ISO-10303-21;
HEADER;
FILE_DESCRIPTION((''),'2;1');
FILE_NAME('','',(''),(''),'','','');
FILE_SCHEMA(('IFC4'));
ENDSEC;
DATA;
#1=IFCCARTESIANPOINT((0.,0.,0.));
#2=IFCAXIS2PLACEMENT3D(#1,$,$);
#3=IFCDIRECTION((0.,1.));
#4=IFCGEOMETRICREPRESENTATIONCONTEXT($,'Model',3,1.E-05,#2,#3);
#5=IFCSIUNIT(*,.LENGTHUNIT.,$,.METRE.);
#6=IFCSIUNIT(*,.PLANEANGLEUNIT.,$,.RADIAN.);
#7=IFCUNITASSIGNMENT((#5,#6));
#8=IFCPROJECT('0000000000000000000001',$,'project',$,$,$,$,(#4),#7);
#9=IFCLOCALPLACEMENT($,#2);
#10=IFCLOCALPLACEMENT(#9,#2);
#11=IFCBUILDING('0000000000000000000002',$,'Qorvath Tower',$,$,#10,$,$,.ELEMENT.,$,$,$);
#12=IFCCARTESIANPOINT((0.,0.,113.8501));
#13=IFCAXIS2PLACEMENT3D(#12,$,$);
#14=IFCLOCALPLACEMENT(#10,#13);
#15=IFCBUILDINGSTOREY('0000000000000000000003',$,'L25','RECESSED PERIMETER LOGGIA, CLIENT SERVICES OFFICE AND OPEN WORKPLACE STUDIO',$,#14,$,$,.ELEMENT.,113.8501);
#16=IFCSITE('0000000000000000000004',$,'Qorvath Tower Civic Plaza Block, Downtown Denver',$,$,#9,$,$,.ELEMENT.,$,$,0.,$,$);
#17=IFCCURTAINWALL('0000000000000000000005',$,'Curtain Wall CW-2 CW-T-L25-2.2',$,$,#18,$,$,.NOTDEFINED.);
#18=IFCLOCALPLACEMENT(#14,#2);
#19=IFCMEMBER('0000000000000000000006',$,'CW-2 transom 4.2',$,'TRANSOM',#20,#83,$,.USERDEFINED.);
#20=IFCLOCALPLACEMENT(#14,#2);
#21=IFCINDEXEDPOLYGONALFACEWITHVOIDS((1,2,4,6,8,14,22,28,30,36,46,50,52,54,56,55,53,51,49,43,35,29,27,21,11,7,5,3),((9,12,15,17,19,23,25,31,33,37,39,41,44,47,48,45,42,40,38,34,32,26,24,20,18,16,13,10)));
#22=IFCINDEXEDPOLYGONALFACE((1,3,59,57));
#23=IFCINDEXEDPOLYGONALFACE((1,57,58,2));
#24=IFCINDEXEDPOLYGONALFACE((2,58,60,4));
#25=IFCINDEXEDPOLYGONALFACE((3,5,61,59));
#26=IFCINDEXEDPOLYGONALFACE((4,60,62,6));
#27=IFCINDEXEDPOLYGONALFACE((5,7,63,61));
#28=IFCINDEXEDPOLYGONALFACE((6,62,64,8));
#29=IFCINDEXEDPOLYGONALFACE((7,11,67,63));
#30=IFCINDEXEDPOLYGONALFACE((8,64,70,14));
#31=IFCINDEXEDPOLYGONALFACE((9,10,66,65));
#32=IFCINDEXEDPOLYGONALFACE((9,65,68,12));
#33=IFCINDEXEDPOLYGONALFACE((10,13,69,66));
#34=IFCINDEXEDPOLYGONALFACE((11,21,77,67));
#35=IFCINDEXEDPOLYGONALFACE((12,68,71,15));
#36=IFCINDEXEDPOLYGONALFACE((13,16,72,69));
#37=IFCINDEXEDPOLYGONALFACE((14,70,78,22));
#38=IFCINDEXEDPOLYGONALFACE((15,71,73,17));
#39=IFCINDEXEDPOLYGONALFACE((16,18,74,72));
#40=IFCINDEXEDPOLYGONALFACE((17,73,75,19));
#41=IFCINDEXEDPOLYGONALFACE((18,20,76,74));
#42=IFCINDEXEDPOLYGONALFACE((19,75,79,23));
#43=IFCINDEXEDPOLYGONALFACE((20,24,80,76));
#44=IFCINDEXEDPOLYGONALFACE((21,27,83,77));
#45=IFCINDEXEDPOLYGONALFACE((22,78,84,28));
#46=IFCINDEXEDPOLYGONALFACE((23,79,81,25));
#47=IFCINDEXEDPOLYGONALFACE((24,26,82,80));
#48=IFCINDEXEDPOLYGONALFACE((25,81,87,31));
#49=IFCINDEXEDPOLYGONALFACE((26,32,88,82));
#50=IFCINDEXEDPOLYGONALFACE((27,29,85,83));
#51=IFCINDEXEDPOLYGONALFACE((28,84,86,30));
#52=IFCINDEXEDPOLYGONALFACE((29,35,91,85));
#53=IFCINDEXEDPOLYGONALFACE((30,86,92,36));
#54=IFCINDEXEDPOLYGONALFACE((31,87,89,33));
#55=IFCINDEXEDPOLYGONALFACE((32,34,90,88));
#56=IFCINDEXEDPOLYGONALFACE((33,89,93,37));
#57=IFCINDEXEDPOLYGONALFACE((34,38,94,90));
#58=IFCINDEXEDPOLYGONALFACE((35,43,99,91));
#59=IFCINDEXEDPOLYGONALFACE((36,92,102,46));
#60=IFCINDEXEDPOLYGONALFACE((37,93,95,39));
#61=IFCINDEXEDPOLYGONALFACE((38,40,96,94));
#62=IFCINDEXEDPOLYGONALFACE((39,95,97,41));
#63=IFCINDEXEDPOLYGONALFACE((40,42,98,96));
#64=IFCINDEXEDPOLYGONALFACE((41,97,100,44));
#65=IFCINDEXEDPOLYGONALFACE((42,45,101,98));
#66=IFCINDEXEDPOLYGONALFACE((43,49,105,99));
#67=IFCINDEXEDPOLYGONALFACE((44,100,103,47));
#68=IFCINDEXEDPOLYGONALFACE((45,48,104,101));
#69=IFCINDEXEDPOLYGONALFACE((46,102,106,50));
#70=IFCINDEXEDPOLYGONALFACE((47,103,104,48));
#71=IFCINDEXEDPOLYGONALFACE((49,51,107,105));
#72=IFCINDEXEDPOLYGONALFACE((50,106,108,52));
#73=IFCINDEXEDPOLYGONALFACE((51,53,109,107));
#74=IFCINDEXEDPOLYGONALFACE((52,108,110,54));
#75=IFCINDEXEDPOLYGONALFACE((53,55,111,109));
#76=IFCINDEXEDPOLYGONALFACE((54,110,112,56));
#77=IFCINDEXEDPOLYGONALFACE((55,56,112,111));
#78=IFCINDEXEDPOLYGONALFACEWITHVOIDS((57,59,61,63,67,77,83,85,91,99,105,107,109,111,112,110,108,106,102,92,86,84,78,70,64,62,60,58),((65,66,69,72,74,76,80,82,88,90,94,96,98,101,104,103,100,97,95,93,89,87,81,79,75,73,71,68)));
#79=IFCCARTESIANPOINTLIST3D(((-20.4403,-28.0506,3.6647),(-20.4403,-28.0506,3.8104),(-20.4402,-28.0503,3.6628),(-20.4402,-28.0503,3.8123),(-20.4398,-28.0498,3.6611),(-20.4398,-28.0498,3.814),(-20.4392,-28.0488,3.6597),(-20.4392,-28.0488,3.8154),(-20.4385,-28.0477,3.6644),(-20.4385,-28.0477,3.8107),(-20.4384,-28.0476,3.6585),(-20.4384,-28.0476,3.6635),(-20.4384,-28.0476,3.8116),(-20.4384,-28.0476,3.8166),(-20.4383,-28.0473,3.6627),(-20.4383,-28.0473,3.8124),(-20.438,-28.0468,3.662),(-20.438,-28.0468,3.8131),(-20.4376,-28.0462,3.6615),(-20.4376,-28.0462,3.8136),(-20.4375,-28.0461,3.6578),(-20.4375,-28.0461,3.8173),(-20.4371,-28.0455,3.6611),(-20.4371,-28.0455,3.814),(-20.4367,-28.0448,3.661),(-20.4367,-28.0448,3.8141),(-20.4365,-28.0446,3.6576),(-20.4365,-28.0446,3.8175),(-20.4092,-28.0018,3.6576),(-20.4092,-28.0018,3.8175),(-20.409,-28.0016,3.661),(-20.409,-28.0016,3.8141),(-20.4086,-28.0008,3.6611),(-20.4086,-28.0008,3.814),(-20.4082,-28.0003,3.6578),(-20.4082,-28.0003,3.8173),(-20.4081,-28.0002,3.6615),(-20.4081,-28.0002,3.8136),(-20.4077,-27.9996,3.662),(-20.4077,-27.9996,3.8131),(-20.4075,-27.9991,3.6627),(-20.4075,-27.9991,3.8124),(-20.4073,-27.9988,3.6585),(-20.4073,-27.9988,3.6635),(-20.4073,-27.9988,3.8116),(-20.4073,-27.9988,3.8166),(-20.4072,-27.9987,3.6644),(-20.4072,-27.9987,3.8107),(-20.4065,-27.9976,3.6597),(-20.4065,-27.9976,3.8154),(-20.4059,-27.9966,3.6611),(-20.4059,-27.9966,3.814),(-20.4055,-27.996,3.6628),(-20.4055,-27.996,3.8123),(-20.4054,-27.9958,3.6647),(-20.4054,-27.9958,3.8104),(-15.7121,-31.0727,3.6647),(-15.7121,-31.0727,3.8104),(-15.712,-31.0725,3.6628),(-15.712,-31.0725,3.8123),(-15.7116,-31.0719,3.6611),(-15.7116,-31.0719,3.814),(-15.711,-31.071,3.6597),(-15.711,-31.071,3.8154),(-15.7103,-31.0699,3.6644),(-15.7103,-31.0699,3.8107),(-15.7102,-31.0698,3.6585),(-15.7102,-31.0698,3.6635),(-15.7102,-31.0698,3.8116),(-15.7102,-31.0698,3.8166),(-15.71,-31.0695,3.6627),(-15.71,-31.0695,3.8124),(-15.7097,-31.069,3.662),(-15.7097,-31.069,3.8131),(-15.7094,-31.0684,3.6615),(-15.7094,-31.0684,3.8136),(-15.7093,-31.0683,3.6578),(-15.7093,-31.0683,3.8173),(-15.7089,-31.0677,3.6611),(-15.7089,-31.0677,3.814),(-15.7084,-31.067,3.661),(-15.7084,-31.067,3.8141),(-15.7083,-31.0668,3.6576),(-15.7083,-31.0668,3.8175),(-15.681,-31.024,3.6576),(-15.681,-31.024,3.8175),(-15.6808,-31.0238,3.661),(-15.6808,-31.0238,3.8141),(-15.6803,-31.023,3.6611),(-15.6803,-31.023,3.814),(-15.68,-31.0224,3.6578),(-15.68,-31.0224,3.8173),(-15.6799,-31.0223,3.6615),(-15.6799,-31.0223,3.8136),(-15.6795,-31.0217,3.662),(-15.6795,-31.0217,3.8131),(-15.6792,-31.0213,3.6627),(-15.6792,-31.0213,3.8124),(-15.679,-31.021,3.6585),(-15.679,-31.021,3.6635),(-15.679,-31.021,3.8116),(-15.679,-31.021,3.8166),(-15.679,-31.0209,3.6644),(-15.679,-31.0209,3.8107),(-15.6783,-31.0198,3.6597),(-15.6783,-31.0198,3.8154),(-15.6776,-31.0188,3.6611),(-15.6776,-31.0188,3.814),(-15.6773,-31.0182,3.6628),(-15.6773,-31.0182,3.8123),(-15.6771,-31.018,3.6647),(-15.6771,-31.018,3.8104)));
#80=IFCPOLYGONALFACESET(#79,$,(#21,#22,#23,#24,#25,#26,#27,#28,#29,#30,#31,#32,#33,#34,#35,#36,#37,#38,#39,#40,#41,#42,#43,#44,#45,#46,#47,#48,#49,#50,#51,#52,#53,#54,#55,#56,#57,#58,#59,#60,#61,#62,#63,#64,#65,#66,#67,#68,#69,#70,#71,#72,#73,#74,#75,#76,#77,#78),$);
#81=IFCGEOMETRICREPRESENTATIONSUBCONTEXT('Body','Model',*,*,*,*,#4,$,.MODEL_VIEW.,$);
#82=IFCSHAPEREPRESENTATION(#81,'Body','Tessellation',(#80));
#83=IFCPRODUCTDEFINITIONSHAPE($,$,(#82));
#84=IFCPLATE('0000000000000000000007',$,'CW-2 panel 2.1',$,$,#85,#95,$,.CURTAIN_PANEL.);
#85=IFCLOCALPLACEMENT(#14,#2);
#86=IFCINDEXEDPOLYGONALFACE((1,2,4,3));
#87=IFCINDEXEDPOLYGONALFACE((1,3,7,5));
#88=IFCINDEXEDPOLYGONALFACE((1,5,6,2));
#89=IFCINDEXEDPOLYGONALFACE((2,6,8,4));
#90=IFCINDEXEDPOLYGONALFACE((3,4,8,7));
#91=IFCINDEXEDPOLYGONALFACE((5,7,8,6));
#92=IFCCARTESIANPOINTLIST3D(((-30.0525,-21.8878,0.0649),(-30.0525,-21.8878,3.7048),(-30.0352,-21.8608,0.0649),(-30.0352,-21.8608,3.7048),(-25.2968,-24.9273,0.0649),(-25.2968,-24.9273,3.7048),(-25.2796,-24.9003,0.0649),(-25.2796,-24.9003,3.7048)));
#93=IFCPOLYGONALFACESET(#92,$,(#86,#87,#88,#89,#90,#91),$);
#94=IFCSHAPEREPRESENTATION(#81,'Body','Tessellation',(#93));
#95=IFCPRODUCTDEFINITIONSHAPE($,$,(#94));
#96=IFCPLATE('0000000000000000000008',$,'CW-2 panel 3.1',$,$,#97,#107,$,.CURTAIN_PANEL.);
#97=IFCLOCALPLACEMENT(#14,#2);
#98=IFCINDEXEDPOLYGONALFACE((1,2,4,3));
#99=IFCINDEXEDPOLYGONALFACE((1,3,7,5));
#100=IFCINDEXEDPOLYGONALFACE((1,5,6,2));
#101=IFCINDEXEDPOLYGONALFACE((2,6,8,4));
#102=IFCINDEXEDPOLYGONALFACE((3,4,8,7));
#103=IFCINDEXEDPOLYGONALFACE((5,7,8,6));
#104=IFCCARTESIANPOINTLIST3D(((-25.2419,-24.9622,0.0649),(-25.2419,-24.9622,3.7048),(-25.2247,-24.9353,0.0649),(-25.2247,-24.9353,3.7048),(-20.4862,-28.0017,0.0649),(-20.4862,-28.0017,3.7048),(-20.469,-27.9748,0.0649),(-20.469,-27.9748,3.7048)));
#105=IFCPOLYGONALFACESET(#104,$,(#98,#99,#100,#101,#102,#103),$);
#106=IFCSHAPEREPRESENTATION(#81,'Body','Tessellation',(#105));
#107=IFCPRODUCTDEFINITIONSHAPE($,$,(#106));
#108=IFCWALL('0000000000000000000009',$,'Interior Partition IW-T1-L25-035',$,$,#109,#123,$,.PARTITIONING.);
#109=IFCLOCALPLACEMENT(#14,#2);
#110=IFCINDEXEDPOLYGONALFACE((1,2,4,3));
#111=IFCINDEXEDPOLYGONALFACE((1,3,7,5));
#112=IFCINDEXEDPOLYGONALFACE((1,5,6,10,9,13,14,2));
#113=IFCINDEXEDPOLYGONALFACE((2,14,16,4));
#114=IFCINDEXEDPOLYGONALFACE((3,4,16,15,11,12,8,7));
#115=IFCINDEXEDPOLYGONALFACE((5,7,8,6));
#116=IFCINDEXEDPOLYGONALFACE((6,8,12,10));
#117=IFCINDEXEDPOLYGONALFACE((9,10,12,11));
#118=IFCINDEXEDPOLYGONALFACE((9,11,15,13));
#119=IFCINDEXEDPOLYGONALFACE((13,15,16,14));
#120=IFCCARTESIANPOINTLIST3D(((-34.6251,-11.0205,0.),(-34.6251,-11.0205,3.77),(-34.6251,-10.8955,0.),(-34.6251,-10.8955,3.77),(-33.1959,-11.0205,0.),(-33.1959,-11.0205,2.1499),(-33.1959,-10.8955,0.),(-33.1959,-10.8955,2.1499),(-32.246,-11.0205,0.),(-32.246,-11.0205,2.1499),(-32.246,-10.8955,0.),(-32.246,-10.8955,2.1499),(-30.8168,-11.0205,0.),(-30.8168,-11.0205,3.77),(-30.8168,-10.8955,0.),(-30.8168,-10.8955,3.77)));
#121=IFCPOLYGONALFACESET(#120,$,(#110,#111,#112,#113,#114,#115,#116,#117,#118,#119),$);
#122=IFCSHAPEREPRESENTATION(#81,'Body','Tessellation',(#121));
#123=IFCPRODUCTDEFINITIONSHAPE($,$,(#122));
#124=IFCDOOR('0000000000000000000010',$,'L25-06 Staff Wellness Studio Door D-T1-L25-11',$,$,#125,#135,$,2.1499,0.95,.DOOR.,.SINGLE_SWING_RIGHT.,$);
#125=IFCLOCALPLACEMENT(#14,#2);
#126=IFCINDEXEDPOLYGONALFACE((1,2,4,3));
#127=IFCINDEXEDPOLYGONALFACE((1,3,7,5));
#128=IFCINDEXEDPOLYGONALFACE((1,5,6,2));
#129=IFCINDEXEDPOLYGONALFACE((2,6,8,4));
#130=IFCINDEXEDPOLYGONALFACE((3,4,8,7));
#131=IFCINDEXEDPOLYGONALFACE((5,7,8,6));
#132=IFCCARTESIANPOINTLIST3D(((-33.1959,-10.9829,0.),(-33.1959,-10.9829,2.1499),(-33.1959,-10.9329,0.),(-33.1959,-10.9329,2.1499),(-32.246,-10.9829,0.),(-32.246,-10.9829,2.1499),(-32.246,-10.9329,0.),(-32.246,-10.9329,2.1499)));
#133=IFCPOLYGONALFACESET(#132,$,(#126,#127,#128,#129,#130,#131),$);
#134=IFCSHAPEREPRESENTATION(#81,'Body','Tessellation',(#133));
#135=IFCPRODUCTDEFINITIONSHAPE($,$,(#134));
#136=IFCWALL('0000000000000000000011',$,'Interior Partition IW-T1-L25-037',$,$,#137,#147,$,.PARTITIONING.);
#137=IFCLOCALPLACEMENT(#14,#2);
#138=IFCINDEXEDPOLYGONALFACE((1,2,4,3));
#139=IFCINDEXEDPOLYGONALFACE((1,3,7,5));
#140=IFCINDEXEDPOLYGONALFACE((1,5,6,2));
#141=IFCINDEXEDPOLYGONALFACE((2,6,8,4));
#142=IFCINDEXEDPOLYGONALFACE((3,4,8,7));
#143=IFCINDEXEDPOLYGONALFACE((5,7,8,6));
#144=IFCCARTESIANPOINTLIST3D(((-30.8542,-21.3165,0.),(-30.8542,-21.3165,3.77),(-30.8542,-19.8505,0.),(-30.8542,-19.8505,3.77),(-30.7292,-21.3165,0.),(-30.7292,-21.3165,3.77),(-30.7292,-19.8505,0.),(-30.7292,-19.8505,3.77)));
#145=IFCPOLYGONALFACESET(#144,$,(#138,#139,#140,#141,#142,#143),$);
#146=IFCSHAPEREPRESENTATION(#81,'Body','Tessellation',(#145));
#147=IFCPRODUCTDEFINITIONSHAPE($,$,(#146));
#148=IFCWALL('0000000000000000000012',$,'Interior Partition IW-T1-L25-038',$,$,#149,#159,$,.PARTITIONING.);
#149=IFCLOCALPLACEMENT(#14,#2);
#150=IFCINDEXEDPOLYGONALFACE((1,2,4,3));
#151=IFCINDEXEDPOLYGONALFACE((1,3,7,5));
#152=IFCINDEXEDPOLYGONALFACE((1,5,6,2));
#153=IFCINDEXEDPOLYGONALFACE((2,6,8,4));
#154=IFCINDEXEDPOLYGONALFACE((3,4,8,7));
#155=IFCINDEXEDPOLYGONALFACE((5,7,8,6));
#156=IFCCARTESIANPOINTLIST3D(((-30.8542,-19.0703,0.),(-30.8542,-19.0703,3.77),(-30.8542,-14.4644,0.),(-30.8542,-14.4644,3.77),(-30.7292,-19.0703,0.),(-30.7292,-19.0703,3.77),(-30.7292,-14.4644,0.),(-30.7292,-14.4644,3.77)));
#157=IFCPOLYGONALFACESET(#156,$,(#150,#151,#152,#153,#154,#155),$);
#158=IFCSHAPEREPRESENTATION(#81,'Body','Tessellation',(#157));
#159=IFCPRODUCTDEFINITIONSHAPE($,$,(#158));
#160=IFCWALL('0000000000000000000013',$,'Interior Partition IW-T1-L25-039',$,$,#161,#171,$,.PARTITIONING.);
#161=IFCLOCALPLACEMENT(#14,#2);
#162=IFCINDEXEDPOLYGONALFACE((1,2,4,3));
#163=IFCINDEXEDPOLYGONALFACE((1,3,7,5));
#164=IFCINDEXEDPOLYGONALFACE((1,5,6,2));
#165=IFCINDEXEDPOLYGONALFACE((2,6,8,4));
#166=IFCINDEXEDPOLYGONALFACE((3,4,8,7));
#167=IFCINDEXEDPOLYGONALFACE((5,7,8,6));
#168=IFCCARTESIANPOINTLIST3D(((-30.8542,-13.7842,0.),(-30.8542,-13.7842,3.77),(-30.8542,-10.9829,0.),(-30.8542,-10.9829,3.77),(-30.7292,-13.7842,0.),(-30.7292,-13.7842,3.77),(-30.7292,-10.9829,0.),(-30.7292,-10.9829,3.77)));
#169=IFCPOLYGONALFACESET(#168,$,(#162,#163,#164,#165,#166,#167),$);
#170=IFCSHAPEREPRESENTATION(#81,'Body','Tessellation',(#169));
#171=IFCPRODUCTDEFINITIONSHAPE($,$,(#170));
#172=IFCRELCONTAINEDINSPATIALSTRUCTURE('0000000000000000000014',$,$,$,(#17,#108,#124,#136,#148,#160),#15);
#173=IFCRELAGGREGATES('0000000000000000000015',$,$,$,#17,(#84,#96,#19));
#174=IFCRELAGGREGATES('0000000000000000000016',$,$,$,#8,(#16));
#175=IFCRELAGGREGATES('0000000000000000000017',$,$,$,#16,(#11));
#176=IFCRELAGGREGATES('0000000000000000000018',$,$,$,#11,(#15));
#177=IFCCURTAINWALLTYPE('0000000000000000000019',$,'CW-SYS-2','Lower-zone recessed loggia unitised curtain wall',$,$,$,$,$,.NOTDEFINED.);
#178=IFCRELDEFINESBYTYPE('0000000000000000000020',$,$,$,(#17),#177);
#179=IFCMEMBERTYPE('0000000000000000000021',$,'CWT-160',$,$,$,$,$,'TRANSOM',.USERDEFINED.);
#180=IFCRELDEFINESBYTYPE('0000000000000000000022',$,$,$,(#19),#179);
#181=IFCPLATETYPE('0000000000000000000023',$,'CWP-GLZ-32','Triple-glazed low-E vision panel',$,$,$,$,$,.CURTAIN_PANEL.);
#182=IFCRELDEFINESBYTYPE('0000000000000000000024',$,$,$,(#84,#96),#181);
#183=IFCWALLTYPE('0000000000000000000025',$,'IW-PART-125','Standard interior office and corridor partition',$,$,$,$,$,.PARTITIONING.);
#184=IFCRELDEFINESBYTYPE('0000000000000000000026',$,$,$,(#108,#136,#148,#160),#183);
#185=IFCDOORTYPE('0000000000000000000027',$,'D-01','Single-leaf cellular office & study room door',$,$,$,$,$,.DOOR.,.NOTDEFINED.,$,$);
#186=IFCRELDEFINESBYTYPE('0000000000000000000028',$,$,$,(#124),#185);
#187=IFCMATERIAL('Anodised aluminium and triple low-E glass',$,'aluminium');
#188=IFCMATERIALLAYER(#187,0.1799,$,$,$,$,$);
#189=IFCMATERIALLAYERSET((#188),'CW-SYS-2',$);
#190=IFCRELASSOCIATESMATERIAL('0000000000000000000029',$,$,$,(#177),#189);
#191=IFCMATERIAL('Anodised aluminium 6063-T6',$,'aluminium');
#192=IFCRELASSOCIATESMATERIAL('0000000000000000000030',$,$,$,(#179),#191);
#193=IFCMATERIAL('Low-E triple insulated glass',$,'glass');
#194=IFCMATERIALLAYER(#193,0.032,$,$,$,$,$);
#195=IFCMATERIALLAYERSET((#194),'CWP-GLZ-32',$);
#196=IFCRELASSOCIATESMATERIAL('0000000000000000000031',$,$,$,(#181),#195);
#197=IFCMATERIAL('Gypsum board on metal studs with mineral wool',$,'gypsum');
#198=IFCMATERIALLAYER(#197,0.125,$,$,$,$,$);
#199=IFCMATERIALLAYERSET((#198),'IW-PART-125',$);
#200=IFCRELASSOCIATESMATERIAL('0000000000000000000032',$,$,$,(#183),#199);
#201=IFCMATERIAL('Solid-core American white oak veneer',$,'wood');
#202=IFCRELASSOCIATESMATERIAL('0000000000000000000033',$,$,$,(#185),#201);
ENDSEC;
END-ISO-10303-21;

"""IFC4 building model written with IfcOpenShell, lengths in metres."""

from ifc_helpers import new_model, si_unit, direction, frame, frame_2d, origin, origin_2d, place, context, subcontext, project, spatial, rectangle, hollow_rectangle, extrude, material, layer, layer_set, material_profile, profile_set, type_object, element, fill, aggregate, save


model = new_model("IFC4")

# Units and contexts
model_context = context("Model", 3, precision=1e-05, world=origin(), true_north=direction((0.0, 1.0)))
body_context = subcontext(model_context, "Body", "Model", "MODEL_VIEW")
ifc_project = project(units=[si_unit("LENGTHUNIT", "METRE"), si_unit("PLANEANGLEUNIT", "RADIAN")], contexts=[model_context])

# Site, building, storey
site_placement = place(None, origin())
site = spatial("IfcSite", under=ifc_project, at=site_placement, Name="Qorvath Tower Civic Plaza Block, Downtown Denver", CompositionType="ELEMENT", RefElevation=0.0)
building_placement = place(site_placement, origin())
building = spatial("IfcBuilding", under=site, at=building_placement, Name="Qorvath Tower", CompositionType="ELEMENT")
storey_placement = place(building_placement, frame((0.0, 0.0, 113.8501)))
storey = spatial("IfcBuildingStorey", under=building, at=storey_placement, Name="L25", Description="RECESSED PERIMETER LOGGIA, CLIENT SERVICES OFFICE AND OPEN WORKPLACE STUDIO", CompositionType="ELEMENT", Elevation=113.8501)

# Curtain wall, member, plates
ifc_material_1 = material(Name="Anodised aluminium and triple low-E glass", Category="aluminium")
ifc_layer_1 = layer(ifc_material_1, 0.1799)
ifc_layer_set_1 = layer_set([ifc_layer_1], Name="CW-SYS-2")
curtain_wall_type = type_object("IfcCurtainWallType", Name="CW-SYS-2", Description="Lower-zone recessed loggia unitised curtain wall", PredefinedType="NOTDEFINED", material=ifc_layer_set_1)
curtain_wall_placement = place(storey_placement, origin())
curtain_wall = element("IfcCurtainWall", 1, at=curtain_wall_placement, inside=storey, type_object=curtain_wall_type, Name="Curtain Wall CW-2 CW-T-L25-2.2", PredefinedType="NOTDEFINED")
ifc_material_2 = material(Name="Anodised aluminium 6063-T6", Category="aluminium")
ifc_material_profile_1 = material_profile(ifc_material_2, hollow_rectangle(XDim=0.0649, YDim=0.1599, WallThickness=0.0034, InnerFilletRadius=0.0034, OuterFilletRadius=0.0071, at=origin_2d()), Name="CWT 160x65")
ifc_profile_set_1 = profile_set([ifc_material_profile_1], Name="Anodised aluminium 6063-T6")
member_type_1 = type_object("IfcMemberType", Name="CWT-160", ElementType="TRANSOM", PredefinedType="USERDEFINED", material=ifc_profile_set_1)
member_1_placement = place(storey_placement, frame((-20.4229, -28.0232, 3.7375), z_axis=(0.842585, -0.538563, 0.0), x_axis=(0.538563, 0.842585, 0.0)))
member_1 = element("IfcMember", 2, at=member_1_placement, type_object=member_type_1, Name="CW-2 transom 4.2", ObjectType="TRANSOM", PredefinedType="USERDEFINED", context=body_context, shape_type="SweptSolid", body=[
    extrude(hollow_rectangle(XDim=0.0649, YDim=0.1599, WallThickness=0.0034, InnerFilletRadius=0.0034, OuterFilletRadius=0.0071, at=origin_2d()), origin(), (0.0, 0.0, 1.0), 5.6116),
])
ifc_material_3 = material(Name="Low-E triple insulated glass", Category="glass")
ifc_layer_2 = layer(ifc_material_3, 0.032)
ifc_layer_set_2 = layer_set([ifc_layer_2], Name="CWP-GLZ-32")
plate_type = type_object("IfcPlateType", Name="CWP-GLZ-32", Description="Triple-glazed low-E vision panel", PredefinedType="CURTAIN_PANEL", material=ifc_layer_set_2)
plate_1_placement = place(storey_placement, frame((-27.666, -23.394, 0.0649), z_axis=(0.0, 0.0, 1.0), x_axis=(0.842601, -0.538538, 0.0)))
plate_1 = element("IfcPlate", 3, at=plate_1_placement, type_object=plate_type, Name="CW-2 panel 2.1", PredefinedType="CURTAIN_PANEL", context=body_context, shape_type="SweptSolid", body=[
    extrude(rectangle(XDim=5.644, YDim=0.032, at=origin_2d()), origin(), (0.0, 0.0, 1.0), 3.6399),
])
plate_2_placement = place(storey_placement, frame((-22.8555, -26.4685, 0.0649), z_axis=(0.0, 0.0, 1.0), x_axis=(0.842601, -0.538538, 0.0)))
plate_2 = element("IfcPlate", 4, at=plate_2_placement, type_object=plate_type, Name="CW-2 panel 3.1", PredefinedType="CURTAIN_PANEL", context=body_context, shape_type="SweptSolid", body=[
    extrude(rectangle(XDim=5.644, YDim=0.032, at=origin_2d()), origin(), (0.0, 0.0, 1.0), 3.6399),
])
aggregate(curtain_wall, [plate_1, plate_2, member_1])

# Wall, opening, door
ifc_material_4 = material(Name="Gypsum board on metal studs with mineral wool", Category="gypsum")
ifc_layer_3 = layer(ifc_material_4, 0.125)
ifc_layer_set_3 = layer_set([ifc_layer_3], Name="IW-PART-125")
wall_type = type_object("IfcWallType", Name="IW-PART-125", Description="Standard interior office and corridor partition", PredefinedType="PARTITIONING", material=ifc_layer_set_3)
wall_1_placement = place(storey_placement, frame((-30.8167, -10.958, 0.0), z_axis=(0.0, 0.0, 1.0), x_axis=(-1.0, 0.0, 0.0)))
wall_1 = element("IfcWall", 5, at=wall_1_placement, inside=storey, type_object=wall_type, Name="Interior Partition IW-T1-L25-035", PredefinedType="PARTITIONING", context=body_context, shape_type="SweptSolid", body=[
    extrude(rectangle(XDim=3.8083, YDim=0.125, at=frame_2d((1.9043, 0.0))), origin(), (0.0, 0.0, 1.0), 3.77),
])
opening_1_placement = place(wall_1_placement, frame((1.4292, 0.0, 0.0)))
opening_1 = element("IfcOpeningElement", 6, at=opening_1_placement, cuts=wall_1, PredefinedType="OPENING", context=body_context, shape_type="SweptSolid", body=[
    extrude(rectangle(XDim=0.95, YDim=2.1499, at=frame_2d((0.4751, 1.075))), frame((0.0, 0.0725, 0.0), z_axis=(0.0, -1.0, 0.0), x_axis=(1.0, 0.0, 0.0)), (0.0, 0.0, 1.0), 0.145),
])
ifc_material_5 = material(Name="Solid-core American white oak veneer", Category="wood")
door_type = type_object("IfcDoorType", Name="D-01", Description="Single-leaf cellular office & study room door", OperationType="NOTDEFINED", PredefinedType="DOOR", material=ifc_material_5)
door_1_placement = place(opening_1_placement, origin())
door_1 = element("IfcDoor", 7, at=door_1_placement, inside=storey, type_object=door_type, Name="L25-06 Staff Wellness Studio Door D-T1-L25-11", OperationType="SINGLE_SWING_RIGHT", OverallHeight=2.1499, OverallWidth=0.95, PredefinedType="DOOR", context=body_context, shape_type="SweptSolid", body=[
    extrude(rectangle(XDim=0.95, YDim=2.1499, at=frame_2d((0.4751, 1.075))), frame((0.0, 0.0249, 0.0), z_axis=(0.0, -1.0, 0.0), x_axis=(1.0, 0.0, 0.0)), (0.0, 0.0, 1.0), 0.05),
])
fill(opening_1, door_1)

# Walls
wall_2_placement = place(storey_placement, frame((-30.7917, -21.3164, 0.0), z_axis=(0.0, 0.0, 1.0), x_axis=(0.0, 1.0, 0.0)))
element("IfcWall", 8, at=wall_2_placement, inside=storey, type_object=wall_type, Name="Interior Partition IW-T1-L25-037", PredefinedType="PARTITIONING", context=body_context, shape_type="SweptSolid", body=[
    extrude(rectangle(XDim=1.4661, YDim=0.125, at=frame_2d((0.7329, 0.0))), origin(), (0.0, 0.0, 1.0), 3.77),
])
wall_3_placement = place(storey_placement, frame((-30.7917, -19.0703, 0.0), z_axis=(0.0, 0.0, 1.0), x_axis=(0.0, 1.0, 0.0)))
element("IfcWall", 9, at=wall_3_placement, inside=storey, type_object=wall_type, Name="Interior Partition IW-T1-L25-038", PredefinedType="PARTITIONING", context=body_context, shape_type="SweptSolid", body=[
    extrude(rectangle(XDim=4.606, YDim=0.125, at=frame_2d((2.303, 0.0))), origin(), (0.0, 0.0, 1.0), 3.77),
])
wall_4_placement = place(storey_placement, frame((-30.7917, -13.7842, 0.0), z_axis=(0.0, 0.0, 1.0), x_axis=(0.0, 1.0, 0.0)))
element("IfcWall", 10, at=wall_4_placement, inside=storey, type_object=wall_type, Name="Interior Partition IW-T1-L25-039", PredefinedType="PARTITIONING", context=body_context, shape_type="SweptSolid", body=[
    extrude(rectangle(XDim=2.8013, YDim=0.125, at=frame_2d((1.4006, 0.0))), origin(), (0.0, 0.0, 1.0), 3.77),
])

save(model, "model.ifc")
